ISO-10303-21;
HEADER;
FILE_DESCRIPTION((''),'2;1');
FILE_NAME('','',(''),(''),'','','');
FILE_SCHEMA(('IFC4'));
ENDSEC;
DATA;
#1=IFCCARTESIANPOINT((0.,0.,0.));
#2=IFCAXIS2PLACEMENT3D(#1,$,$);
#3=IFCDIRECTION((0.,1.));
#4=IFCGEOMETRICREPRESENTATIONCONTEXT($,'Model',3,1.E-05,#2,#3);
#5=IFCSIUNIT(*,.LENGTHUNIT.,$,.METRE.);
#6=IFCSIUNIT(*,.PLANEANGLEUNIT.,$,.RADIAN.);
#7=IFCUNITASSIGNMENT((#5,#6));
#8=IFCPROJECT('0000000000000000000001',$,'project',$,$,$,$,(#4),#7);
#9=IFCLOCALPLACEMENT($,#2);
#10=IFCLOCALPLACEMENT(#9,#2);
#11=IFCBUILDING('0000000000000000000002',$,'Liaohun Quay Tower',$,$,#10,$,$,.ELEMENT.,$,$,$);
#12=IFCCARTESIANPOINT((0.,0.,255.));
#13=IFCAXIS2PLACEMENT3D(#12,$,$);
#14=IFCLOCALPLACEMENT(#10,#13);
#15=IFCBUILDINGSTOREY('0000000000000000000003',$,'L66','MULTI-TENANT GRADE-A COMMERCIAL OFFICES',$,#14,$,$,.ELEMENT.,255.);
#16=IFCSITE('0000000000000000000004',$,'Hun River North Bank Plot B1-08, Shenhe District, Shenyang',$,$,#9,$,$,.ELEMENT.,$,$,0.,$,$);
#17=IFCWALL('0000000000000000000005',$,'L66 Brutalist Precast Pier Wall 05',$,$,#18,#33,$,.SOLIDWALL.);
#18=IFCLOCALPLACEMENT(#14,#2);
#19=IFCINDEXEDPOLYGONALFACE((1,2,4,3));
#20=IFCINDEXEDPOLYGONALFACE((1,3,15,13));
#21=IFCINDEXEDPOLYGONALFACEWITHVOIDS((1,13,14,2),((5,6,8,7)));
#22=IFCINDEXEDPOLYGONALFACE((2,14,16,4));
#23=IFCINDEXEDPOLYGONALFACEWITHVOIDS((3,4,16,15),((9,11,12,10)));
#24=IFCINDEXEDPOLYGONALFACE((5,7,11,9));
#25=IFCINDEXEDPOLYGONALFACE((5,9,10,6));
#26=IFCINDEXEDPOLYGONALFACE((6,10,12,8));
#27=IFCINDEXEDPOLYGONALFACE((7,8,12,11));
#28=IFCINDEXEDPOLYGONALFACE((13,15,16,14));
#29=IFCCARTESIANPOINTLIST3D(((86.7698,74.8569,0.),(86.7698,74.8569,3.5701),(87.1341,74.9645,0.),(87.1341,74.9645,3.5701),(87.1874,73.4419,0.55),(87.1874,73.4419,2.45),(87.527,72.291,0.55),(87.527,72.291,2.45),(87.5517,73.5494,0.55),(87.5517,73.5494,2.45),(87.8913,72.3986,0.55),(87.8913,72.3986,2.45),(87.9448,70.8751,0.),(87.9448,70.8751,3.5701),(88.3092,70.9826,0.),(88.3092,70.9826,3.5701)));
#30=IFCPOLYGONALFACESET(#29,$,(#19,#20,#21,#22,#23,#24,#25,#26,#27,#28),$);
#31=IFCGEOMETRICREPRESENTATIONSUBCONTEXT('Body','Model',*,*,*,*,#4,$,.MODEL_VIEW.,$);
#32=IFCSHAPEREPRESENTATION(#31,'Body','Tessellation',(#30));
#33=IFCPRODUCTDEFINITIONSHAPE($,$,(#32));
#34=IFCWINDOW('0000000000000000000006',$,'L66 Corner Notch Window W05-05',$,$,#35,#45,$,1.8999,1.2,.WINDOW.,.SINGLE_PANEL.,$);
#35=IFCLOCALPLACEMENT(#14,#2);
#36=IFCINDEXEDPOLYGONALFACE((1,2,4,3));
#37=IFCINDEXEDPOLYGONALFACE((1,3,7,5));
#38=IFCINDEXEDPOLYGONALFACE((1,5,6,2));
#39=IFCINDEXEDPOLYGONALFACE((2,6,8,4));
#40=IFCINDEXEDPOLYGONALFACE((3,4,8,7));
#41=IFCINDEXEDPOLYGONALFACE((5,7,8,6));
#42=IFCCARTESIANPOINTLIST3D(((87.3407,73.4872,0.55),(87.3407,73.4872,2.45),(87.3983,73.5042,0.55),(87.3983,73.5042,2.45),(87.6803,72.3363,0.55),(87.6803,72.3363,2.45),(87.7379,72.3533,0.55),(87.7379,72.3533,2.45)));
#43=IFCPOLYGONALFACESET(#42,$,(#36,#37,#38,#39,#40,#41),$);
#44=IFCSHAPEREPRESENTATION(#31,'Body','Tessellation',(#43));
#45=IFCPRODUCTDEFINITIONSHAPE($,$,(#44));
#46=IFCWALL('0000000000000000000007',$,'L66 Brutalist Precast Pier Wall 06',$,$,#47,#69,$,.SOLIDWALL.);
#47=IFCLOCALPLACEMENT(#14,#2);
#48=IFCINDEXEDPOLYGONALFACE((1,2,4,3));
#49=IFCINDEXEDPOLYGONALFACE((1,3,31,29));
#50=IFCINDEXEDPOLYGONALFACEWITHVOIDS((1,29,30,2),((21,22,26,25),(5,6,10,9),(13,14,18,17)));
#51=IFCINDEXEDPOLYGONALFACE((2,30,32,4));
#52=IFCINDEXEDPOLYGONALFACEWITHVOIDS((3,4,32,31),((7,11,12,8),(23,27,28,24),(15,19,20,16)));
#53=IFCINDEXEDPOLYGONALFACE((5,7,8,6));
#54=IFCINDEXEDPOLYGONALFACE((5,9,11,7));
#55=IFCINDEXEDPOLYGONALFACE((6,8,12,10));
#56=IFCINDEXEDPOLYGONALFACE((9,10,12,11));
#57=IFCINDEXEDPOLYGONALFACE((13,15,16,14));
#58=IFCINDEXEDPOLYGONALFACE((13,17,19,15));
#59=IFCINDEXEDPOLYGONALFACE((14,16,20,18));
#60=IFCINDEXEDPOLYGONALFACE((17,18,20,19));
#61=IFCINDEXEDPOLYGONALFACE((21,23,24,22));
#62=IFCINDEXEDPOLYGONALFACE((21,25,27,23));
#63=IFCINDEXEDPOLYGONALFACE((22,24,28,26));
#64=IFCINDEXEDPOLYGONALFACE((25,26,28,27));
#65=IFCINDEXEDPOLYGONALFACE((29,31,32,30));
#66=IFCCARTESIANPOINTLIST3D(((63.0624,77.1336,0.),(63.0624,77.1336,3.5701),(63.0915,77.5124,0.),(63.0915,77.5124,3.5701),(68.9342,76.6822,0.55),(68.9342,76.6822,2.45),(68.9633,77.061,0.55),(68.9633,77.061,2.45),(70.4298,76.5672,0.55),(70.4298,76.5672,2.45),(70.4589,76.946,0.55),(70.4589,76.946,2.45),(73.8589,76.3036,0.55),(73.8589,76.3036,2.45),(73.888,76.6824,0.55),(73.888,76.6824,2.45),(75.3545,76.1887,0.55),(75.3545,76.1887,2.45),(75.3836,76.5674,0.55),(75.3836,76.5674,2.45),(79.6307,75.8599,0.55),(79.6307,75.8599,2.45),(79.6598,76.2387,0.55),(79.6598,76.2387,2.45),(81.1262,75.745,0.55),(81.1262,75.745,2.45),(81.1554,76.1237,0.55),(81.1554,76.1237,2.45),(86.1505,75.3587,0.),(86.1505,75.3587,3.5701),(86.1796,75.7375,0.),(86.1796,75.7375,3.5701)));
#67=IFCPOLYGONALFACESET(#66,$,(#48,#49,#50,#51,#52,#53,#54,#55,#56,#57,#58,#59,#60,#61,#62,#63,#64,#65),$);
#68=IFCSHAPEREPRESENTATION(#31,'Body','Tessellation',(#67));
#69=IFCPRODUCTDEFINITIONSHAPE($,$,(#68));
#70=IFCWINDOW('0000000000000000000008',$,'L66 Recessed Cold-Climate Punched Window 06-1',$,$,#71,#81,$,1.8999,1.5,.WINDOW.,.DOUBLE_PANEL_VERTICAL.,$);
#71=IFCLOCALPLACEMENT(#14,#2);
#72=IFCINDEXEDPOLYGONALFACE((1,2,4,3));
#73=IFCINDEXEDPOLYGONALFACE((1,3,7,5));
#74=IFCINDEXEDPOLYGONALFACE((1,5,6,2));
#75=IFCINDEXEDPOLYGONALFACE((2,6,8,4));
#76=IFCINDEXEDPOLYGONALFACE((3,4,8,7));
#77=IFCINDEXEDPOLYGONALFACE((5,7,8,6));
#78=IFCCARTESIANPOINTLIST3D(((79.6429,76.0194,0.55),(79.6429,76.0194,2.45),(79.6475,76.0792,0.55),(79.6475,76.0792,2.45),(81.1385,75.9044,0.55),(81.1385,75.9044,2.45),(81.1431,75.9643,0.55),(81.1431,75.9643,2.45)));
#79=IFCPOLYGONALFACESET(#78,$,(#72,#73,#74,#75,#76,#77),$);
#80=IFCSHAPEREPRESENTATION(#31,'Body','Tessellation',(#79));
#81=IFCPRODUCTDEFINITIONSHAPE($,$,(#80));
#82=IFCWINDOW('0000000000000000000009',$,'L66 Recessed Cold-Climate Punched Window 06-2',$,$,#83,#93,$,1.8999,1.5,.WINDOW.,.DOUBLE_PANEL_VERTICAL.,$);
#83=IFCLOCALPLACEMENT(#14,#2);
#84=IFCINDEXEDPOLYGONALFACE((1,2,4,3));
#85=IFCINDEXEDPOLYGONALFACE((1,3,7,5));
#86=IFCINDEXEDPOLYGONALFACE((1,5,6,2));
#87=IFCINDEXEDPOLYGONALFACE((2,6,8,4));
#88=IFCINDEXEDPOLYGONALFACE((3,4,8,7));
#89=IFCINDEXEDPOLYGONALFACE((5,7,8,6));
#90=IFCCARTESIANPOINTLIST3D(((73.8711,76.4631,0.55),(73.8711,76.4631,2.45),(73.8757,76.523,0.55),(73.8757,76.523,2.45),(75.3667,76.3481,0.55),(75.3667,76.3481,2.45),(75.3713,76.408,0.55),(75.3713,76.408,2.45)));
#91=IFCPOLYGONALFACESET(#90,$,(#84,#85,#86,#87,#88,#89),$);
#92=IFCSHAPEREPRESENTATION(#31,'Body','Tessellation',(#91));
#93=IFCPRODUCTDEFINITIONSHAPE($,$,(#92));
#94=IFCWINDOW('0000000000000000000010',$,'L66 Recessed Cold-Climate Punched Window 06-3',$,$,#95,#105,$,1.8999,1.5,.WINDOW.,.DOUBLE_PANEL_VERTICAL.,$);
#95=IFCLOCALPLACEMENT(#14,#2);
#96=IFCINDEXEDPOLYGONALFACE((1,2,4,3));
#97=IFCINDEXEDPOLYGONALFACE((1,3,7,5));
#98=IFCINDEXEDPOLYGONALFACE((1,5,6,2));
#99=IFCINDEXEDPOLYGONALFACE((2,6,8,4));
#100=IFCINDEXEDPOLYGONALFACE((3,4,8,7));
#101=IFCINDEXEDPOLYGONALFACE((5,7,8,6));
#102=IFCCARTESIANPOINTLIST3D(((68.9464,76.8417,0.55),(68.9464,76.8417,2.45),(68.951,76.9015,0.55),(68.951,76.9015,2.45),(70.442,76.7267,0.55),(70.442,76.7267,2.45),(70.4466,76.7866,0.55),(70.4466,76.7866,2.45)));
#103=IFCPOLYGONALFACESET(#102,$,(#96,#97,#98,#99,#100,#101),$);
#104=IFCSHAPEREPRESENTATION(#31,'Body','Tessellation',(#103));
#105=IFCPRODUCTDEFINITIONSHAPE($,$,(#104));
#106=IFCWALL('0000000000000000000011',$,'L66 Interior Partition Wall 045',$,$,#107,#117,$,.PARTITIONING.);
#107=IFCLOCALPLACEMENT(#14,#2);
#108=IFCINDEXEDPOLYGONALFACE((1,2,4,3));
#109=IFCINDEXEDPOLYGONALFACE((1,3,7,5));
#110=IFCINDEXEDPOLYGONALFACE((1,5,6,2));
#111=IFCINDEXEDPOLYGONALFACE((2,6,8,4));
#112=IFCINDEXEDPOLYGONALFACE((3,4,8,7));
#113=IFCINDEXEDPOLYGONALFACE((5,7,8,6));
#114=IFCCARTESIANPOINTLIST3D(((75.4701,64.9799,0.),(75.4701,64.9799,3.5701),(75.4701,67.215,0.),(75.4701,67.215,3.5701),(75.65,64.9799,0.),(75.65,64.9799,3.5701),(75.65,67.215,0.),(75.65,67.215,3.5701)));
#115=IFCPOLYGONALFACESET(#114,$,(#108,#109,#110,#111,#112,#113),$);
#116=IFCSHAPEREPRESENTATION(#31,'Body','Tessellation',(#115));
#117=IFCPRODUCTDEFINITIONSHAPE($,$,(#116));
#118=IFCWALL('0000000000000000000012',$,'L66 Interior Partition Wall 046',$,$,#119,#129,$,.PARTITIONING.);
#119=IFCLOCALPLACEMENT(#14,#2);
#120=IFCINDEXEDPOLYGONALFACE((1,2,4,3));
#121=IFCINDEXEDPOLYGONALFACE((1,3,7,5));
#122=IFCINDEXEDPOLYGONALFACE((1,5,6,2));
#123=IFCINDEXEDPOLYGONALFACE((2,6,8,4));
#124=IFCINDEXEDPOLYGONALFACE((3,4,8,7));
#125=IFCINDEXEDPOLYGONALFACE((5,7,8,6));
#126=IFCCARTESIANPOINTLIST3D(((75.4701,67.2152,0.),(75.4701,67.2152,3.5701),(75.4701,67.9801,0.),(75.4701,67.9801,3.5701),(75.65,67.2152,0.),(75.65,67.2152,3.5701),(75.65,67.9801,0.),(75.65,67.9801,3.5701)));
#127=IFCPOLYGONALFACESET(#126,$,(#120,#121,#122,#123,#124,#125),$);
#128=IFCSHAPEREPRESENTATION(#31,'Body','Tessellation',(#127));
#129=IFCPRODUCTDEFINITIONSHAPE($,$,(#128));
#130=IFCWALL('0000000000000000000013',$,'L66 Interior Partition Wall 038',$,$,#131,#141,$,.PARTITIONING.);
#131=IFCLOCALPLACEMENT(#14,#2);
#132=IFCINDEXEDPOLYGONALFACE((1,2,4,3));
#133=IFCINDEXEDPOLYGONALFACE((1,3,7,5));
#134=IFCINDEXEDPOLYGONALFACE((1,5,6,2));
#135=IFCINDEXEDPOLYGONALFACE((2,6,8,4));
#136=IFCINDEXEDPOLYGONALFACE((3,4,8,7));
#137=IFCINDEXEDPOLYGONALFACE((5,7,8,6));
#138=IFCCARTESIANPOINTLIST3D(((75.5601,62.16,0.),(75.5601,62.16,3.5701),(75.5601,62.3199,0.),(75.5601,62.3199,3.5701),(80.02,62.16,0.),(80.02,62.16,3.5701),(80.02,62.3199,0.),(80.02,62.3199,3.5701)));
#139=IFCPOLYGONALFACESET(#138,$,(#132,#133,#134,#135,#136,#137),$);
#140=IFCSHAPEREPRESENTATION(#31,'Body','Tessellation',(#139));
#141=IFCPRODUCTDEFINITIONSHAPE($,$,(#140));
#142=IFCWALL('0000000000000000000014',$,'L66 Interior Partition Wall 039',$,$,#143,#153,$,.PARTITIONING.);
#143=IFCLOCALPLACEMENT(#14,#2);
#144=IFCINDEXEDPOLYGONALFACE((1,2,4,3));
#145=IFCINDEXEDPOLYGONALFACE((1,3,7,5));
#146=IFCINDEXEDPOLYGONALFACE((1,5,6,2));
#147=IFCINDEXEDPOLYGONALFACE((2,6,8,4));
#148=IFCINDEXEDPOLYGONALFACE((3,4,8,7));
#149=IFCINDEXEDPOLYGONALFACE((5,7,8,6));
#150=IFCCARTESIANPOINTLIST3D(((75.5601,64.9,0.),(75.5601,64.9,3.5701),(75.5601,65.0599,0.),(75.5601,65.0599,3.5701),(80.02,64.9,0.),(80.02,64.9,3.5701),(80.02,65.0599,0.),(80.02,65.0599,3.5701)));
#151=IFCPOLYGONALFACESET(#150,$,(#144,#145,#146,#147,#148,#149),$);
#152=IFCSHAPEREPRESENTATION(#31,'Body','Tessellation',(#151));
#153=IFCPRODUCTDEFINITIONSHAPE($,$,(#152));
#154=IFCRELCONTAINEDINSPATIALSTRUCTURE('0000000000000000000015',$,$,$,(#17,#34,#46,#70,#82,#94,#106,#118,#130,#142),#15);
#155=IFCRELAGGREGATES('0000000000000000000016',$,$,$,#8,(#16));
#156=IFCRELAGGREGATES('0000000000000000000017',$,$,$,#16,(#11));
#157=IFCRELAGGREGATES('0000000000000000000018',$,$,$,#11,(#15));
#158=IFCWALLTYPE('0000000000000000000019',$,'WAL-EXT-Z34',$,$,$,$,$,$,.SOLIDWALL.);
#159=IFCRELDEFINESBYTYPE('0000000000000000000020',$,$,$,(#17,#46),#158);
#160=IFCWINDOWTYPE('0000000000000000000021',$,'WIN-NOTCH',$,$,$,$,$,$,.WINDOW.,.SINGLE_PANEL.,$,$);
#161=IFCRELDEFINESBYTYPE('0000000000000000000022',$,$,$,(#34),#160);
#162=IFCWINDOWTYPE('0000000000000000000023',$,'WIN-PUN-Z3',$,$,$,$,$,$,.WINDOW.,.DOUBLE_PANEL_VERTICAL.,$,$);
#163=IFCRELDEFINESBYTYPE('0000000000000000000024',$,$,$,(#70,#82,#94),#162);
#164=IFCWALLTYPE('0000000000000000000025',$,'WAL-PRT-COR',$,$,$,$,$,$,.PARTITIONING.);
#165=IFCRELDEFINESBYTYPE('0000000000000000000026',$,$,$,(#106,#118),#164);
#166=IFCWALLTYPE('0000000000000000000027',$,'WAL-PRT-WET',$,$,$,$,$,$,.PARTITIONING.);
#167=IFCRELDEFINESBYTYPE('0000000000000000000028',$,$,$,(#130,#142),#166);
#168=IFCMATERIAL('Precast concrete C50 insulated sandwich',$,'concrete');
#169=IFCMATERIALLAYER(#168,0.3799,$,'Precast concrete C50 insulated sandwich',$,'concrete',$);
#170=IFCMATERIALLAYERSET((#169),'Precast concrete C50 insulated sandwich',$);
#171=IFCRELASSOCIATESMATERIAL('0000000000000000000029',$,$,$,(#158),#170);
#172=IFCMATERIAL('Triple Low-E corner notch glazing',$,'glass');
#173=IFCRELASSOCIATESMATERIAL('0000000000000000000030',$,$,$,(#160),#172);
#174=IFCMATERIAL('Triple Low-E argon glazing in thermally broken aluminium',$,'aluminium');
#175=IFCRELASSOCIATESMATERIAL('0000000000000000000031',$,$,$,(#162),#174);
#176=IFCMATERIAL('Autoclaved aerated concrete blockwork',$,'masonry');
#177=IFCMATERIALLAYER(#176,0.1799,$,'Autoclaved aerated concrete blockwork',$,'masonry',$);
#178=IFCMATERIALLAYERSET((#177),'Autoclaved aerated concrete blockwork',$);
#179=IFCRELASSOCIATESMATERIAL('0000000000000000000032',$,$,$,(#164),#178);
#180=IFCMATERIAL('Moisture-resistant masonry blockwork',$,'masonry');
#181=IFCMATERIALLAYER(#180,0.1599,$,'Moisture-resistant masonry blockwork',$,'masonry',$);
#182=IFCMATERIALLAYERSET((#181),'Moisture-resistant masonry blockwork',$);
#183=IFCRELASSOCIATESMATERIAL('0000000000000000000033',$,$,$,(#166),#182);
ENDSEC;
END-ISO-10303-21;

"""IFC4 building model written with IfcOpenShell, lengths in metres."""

from ifc_helpers import new_model, si_unit, direction, frame, frame_2d, origin, place, context, subcontext, project, spatial, rectangle, extrude, source, transform, mapped, material, layer, layer_set, type_object, element, fill, save


model = new_model("IFC4")

# Units and contexts
model_context = context("Model", 3, precision=1e-05, world=origin(), true_north=direction((0.0, 1.0)))
body_context = subcontext(model_context, "Body", "Model", "MODEL_VIEW")
ifc_project = project(units=[si_unit("LENGTHUNIT", "METRE"), si_unit("PLANEANGLEUNIT", "RADIAN")], contexts=[model_context])

# Site, building, storey
site_placement = place(None, origin())
site = spatial("IfcSite", under=ifc_project, at=site_placement, Name="Hun River North Bank Plot B1-08, Shenhe District, Shenyang", CompositionType="ELEMENT", RefElevation=0.0)
building_placement = place(site_placement, origin())
building = spatial("IfcBuilding", under=site, at=building_placement, Name="Liaohun Quay Tower", CompositionType="ELEMENT")
storey_placement = place(building_placement, frame((0.0, 0.0, 255.0)))
storey = spatial("IfcBuildingStorey", under=building, at=storey_placement, Name="L66", Description="MULTI-TENANT GRADE-A COMMERCIAL OFFICES", CompositionType="ELEMENT", Elevation=255.0)

# Wall, opening, window
ifc_material_1 = material(Name="Precast concrete C50 insulated sandwich", Category="concrete")
ifc_layer_1 = layer(ifc_material_1, 0.3799, Name="Precast concrete C50 insulated sandwich", Category="concrete")
ifc_layer_set_1 = layer_set([ifc_layer_1], Name="Precast concrete C50 insulated sandwich")
wall_type_1 = type_object("IfcWallType", Name="WAL-EXT-Z34", PredefinedType="SOLIDWALL", material=ifc_layer_set_1)
shared_shape_1 = source(origin(), body_context, "Body", "SweptSolid", [
    extrude(rectangle(XDim=1.2, YDim=1.8999, at=frame_2d((0.6001, 0.95))), frame((0.0, 0.2, 0.0), z_axis=(0.0, -1.0, 0.0), x_axis=(1.0, 0.0, 0.0)), (0.0, 0.0, 1.0), 0.3999),
])
ifc_material_2 = material(Name="Triple Low-E corner notch glazing", Category="glass")
window_type_1 = type_object("IfcWindowType", Name="WIN-NOTCH", PartitioningType="SINGLE_PANEL", PredefinedType="WINDOW", material=ifc_material_2)
shared_shape_2 = source(origin(), body_context, "Body", "SweptSolid", [
    extrude(rectangle(XDim=1.2, YDim=1.8999, at=frame_2d((0.6001, 0.95))), frame((0.0, 0.03, 0.0), z_axis=(0.0, -1.0, 0.0), x_axis=(1.0, 0.0, 0.0)), (0.0, 0.0, 1.0), 0.0601),
])
wall_1_placement = place(storey_placement, frame((88.127, 70.929, 0.0), z_axis=(0.0, 0.0, 1.0), x_axis=(-0.283029, 0.959111, 0.0)))
wall_1 = element("IfcWall", 1, at=wall_1_placement, inside=storey, type_object=wall_type_1, Name="L66 Brutalist Precast Pier Wall 05", PredefinedType="SOLIDWALL", context=body_context, shape_type="SweptSolid", body=[
    extrude(rectangle(XDim=4.1516, YDim=0.3799, at=frame_2d((2.0757, 0.0))), origin(), (0.0, 0.0, 1.0), 3.5701),
])
opening_1_placement = place(wall_1_placement, frame((1.4761, 0.0, 0.55)))
opening_1 = element("IfcOpeningElement", 2, at=opening_1_placement, cuts=wall_1, PredefinedType="OPENING", context=body_context, shape_type="MappedRepresentation", body=[
    mapped(shared_shape_1, transform((0.0, 0.0, 0.0), x_axis=(1.0, 0.0, 0.0), y_axis=(0.0, 1.0, 0.0), z_axis=(0.0, 0.0, 1.0), scale=1.0)),
])
window_1_placement = place(opening_1_placement, origin())
window_1 = element("IfcWindow", 3, at=window_1_placement, inside=storey, type_object=window_type_1, Name="L66 Corner Notch Window W05-05", OverallHeight=1.8999, OverallWidth=1.2, PartitioningType="SINGLE_PANEL", PredefinedType="WINDOW", context=body_context, shape_type="MappedRepresentation", body=[
    mapped(shared_shape_2, transform((0.0, 0.0, 0.0), x_axis=(1.0, 0.0, 0.0), y_axis=(0.0, 1.0, 0.0), z_axis=(0.0, 0.0, 1.0), scale=1.0)),
])
fill(opening_1, window_1)

# Wall, openings, windows
wall_2_placement = place(storey_placement, frame((86.165, 75.5481, 0.0), z_axis=(0.0, 0.0, 1.0), x_axis=(-0.997058, 0.076649, 0.0)))
wall_2 = element("IfcWall", 4, at=wall_2_placement, inside=storey, type_object=wall_type_1, Name="L66 Brutalist Precast Pier Wall 06", PredefinedType="SOLIDWALL", context=body_context, shape_type="SweptSolid", body=[
    extrude(rectangle(XDim=23.1562, YDim=0.3799, at=frame_2d((11.5781, 0.0))), origin(), (0.0, 0.0, 1.0), 3.5701),
])
shared_shape_3 = source(origin(), body_context, "Body", "SweptSolid", [
    extrude(rectangle(XDim=1.5, YDim=1.8999, at=frame_2d((0.75, 0.95))), frame((0.0, 0.2, 0.0), z_axis=(0.0, -1.0, 0.0), x_axis=(1.0, 0.0, 0.0)), (0.0, 0.0, 1.0), 0.3999),
])
opening_2_placement = place(wall_2_placement, frame((5.0391, 0.0, 0.55)))
opening_2 = element("IfcOpeningElement", 5, at=opening_2_placement, cuts=wall_2, PredefinedType="OPENING", context=body_context, shape_type="MappedRepresentation", body=[
    mapped(shared_shape_3, transform((0.0, 0.0, 0.0), x_axis=(1.0, 0.0, 0.0), y_axis=(0.0, 1.0, 0.0), z_axis=(0.0, 0.0, 1.0), scale=1.0)),
])
opening_3_placement = place(wall_2_placement, frame((10.8279, 0.0, 0.55)))
opening_3 = element("IfcOpeningElement", 6, at=opening_3_placement, cuts=wall_2, PredefinedType="OPENING", context=body_context, shape_type="MappedRepresentation", body=[
    mapped(shared_shape_3, transform((0.0, 0.0, 0.0), x_axis=(1.0, 0.0, 0.0), y_axis=(0.0, 1.0, 0.0), z_axis=(0.0, 0.0, 1.0), scale=1.0)),
])
opening_4_placement = place(wall_2_placement, frame((15.7671, 0.0, 0.55)))
opening_4 = element("IfcOpeningElement", 7, at=opening_4_placement, cuts=wall_2, PredefinedType="OPENING", context=body_context, shape_type="MappedRepresentation", body=[
    mapped(shared_shape_3, transform((0.0, 0.0, 0.0), x_axis=(1.0, 0.0, 0.0), y_axis=(0.0, 1.0, 0.0), z_axis=(0.0, 0.0, 1.0), scale=1.0)),
])
ifc_material_3 = material(Name="Triple Low-E argon glazing in thermally broken aluminium", Category="aluminium")
window_type_2 = type_object("IfcWindowType", Name="WIN-PUN-Z3", PartitioningType="DOUBLE_PANEL_VERTICAL", PredefinedType="WINDOW", material=ifc_material_3)
shared_shape_4 = source(origin(), body_context, "Body", "SweptSolid", [
    extrude(rectangle(XDim=1.5, YDim=1.8999, at=frame_2d((0.75, 0.95))), frame((0.0, 0.03, 0.0), z_axis=(0.0, -1.0, 0.0), x_axis=(1.0, 0.0, 0.0)), (0.0, 0.0, 1.0), 0.0601),
])
window_2_placement = place(opening_2_placement, origin())
window_2 = element("IfcWindow", 8, at=window_2_placement, inside=storey, type_object=window_type_2, Name="L66 Recessed Cold-Climate Punched Window 06-1", OverallHeight=1.8999, OverallWidth=1.5, PartitioningType="DOUBLE_PANEL_VERTICAL", PredefinedType="WINDOW", context=body_context, shape_type="MappedRepresentation", body=[
    mapped(shared_shape_4, transform((0.0, 0.0, 0.0), x_axis=(1.0, 0.0, 0.0), y_axis=(0.0, 1.0, 0.0), z_axis=(0.0, 0.0, 1.0), scale=1.0)),
])
fill(opening_2, window_2)
window_3_placement = place(opening_3_placement, origin())
window_3 = element("IfcWindow", 9, at=window_3_placement, inside=storey, type_object=window_type_2, Name="L66 Recessed Cold-Climate Punched Window 06-2", OverallHeight=1.8999, OverallWidth=1.5, PartitioningType="DOUBLE_PANEL_VERTICAL", PredefinedType="WINDOW", context=body_context, shape_type="MappedRepresentation", body=[
    mapped(shared_shape_4, transform((0.0, 0.0, 0.0), x_axis=(1.0, 0.0, 0.0), y_axis=(0.0, 1.0, 0.0), z_axis=(0.0, 0.0, 1.0), scale=1.0)),
])
fill(opening_3, window_3)
window_4_placement = place(opening_4_placement, origin())
window_4 = element("IfcWindow", 10, at=window_4_placement, inside=storey, type_object=window_type_2, Name="L66 Recessed Cold-Climate Punched Window 06-3", OverallHeight=1.8999, OverallWidth=1.5, PartitioningType="DOUBLE_PANEL_VERTICAL", PredefinedType="WINDOW", context=body_context, shape_type="MappedRepresentation", body=[
    mapped(shared_shape_4, transform((0.0, 0.0, 0.0), x_axis=(1.0, 0.0, 0.0), y_axis=(0.0, 1.0, 0.0), z_axis=(0.0, 0.0, 1.0), scale=1.0)),
])
fill(opening_4, window_4)

# Walls
ifc_material_4 = material(Name="Autoclaved aerated concrete blockwork", Category="masonry")
ifc_layer_2 = layer(ifc_material_4, 0.1799, Name="Autoclaved aerated concrete blockwork", Category="masonry")
ifc_layer_set_2 = layer_set([ifc_layer_2], Name="Autoclaved aerated concrete blockwork")
wall_type_2 = type_object("IfcWallType", Name="WAL-PRT-COR", PredefinedType="PARTITIONING", material=ifc_layer_set_2)
wall_3_placement = place(storey_placement, frame((75.5601, 67.2151, 0.0), z_axis=(0.0, 0.0, 1.0), x_axis=(0.0, -1.0, 0.0)))
element("IfcWall", 11, at=wall_3_placement, inside=storey, type_object=wall_type_2, Name="L66 Interior Partition Wall 045", PredefinedType="PARTITIONING", context=body_context, shape_type="SweptSolid", body=[
    extrude(rectangle(XDim=2.2351, YDim=0.1799, at=frame_2d((1.1177, 0.0))), origin(), (0.0, 0.0, 1.0), 3.5701),
])
wall_4_placement = place(storey_placement, frame((75.5601, 67.98, 0.0), z_axis=(0.0, 0.0, 1.0), x_axis=(0.0, -1.0, 0.0)))
element("IfcWall", 12, at=wall_4_placement, inside=storey, type_object=wall_type_2, Name="L66 Interior Partition Wall 046", PredefinedType="PARTITIONING", context=body_context, shape_type="SweptSolid", body=[
    extrude(rectangle(XDim=0.7649, YDim=0.1799, at=frame_2d((0.3823, 0.0))), origin(), (0.0, 0.0, 1.0), 3.5701),
])
ifc_material_5 = material(Name="Moisture-resistant masonry blockwork", Category="masonry")
ifc_layer_3 = layer(ifc_material_5, 0.1599, Name="Moisture-resistant masonry blockwork", Category="masonry")
ifc_layer_set_3 = layer_set([ifc_layer_3], Name="Moisture-resistant masonry blockwork")
wall_type_3 = type_object("IfcWallType", Name="WAL-PRT-WET", PredefinedType="PARTITIONING", material=ifc_layer_set_3)
for number, where, z_axis, x_axis, name in (
    (13, (75.5601, 62.24, 0.0), (0.0, 0.0, 1.0), (1.0, 0.0, 0.0), "L66 Interior Partition Wall 038"),
    (14, (75.5601, 64.98, 0.0), (0.0, 0.0, 1.0), (1.0, 0.0, 0.0), "L66 Interior Partition Wall 039"),
):
    element("IfcWall", number, at=place(storey_placement, frame(where, z_axis=z_axis, x_axis=x_axis)), inside=storey, type_object=wall_type_3, Name=name, PredefinedType="PARTITIONING", context=body_context, shape_type="SweptSolid", body=[
        extrude(rectangle(XDim=4.46, YDim=0.1599, at=frame_2d((2.23, 0.0))), origin(), (0.0, 0.0, 1.0), 3.5701),
    ])

save(model, "model.ifc")
